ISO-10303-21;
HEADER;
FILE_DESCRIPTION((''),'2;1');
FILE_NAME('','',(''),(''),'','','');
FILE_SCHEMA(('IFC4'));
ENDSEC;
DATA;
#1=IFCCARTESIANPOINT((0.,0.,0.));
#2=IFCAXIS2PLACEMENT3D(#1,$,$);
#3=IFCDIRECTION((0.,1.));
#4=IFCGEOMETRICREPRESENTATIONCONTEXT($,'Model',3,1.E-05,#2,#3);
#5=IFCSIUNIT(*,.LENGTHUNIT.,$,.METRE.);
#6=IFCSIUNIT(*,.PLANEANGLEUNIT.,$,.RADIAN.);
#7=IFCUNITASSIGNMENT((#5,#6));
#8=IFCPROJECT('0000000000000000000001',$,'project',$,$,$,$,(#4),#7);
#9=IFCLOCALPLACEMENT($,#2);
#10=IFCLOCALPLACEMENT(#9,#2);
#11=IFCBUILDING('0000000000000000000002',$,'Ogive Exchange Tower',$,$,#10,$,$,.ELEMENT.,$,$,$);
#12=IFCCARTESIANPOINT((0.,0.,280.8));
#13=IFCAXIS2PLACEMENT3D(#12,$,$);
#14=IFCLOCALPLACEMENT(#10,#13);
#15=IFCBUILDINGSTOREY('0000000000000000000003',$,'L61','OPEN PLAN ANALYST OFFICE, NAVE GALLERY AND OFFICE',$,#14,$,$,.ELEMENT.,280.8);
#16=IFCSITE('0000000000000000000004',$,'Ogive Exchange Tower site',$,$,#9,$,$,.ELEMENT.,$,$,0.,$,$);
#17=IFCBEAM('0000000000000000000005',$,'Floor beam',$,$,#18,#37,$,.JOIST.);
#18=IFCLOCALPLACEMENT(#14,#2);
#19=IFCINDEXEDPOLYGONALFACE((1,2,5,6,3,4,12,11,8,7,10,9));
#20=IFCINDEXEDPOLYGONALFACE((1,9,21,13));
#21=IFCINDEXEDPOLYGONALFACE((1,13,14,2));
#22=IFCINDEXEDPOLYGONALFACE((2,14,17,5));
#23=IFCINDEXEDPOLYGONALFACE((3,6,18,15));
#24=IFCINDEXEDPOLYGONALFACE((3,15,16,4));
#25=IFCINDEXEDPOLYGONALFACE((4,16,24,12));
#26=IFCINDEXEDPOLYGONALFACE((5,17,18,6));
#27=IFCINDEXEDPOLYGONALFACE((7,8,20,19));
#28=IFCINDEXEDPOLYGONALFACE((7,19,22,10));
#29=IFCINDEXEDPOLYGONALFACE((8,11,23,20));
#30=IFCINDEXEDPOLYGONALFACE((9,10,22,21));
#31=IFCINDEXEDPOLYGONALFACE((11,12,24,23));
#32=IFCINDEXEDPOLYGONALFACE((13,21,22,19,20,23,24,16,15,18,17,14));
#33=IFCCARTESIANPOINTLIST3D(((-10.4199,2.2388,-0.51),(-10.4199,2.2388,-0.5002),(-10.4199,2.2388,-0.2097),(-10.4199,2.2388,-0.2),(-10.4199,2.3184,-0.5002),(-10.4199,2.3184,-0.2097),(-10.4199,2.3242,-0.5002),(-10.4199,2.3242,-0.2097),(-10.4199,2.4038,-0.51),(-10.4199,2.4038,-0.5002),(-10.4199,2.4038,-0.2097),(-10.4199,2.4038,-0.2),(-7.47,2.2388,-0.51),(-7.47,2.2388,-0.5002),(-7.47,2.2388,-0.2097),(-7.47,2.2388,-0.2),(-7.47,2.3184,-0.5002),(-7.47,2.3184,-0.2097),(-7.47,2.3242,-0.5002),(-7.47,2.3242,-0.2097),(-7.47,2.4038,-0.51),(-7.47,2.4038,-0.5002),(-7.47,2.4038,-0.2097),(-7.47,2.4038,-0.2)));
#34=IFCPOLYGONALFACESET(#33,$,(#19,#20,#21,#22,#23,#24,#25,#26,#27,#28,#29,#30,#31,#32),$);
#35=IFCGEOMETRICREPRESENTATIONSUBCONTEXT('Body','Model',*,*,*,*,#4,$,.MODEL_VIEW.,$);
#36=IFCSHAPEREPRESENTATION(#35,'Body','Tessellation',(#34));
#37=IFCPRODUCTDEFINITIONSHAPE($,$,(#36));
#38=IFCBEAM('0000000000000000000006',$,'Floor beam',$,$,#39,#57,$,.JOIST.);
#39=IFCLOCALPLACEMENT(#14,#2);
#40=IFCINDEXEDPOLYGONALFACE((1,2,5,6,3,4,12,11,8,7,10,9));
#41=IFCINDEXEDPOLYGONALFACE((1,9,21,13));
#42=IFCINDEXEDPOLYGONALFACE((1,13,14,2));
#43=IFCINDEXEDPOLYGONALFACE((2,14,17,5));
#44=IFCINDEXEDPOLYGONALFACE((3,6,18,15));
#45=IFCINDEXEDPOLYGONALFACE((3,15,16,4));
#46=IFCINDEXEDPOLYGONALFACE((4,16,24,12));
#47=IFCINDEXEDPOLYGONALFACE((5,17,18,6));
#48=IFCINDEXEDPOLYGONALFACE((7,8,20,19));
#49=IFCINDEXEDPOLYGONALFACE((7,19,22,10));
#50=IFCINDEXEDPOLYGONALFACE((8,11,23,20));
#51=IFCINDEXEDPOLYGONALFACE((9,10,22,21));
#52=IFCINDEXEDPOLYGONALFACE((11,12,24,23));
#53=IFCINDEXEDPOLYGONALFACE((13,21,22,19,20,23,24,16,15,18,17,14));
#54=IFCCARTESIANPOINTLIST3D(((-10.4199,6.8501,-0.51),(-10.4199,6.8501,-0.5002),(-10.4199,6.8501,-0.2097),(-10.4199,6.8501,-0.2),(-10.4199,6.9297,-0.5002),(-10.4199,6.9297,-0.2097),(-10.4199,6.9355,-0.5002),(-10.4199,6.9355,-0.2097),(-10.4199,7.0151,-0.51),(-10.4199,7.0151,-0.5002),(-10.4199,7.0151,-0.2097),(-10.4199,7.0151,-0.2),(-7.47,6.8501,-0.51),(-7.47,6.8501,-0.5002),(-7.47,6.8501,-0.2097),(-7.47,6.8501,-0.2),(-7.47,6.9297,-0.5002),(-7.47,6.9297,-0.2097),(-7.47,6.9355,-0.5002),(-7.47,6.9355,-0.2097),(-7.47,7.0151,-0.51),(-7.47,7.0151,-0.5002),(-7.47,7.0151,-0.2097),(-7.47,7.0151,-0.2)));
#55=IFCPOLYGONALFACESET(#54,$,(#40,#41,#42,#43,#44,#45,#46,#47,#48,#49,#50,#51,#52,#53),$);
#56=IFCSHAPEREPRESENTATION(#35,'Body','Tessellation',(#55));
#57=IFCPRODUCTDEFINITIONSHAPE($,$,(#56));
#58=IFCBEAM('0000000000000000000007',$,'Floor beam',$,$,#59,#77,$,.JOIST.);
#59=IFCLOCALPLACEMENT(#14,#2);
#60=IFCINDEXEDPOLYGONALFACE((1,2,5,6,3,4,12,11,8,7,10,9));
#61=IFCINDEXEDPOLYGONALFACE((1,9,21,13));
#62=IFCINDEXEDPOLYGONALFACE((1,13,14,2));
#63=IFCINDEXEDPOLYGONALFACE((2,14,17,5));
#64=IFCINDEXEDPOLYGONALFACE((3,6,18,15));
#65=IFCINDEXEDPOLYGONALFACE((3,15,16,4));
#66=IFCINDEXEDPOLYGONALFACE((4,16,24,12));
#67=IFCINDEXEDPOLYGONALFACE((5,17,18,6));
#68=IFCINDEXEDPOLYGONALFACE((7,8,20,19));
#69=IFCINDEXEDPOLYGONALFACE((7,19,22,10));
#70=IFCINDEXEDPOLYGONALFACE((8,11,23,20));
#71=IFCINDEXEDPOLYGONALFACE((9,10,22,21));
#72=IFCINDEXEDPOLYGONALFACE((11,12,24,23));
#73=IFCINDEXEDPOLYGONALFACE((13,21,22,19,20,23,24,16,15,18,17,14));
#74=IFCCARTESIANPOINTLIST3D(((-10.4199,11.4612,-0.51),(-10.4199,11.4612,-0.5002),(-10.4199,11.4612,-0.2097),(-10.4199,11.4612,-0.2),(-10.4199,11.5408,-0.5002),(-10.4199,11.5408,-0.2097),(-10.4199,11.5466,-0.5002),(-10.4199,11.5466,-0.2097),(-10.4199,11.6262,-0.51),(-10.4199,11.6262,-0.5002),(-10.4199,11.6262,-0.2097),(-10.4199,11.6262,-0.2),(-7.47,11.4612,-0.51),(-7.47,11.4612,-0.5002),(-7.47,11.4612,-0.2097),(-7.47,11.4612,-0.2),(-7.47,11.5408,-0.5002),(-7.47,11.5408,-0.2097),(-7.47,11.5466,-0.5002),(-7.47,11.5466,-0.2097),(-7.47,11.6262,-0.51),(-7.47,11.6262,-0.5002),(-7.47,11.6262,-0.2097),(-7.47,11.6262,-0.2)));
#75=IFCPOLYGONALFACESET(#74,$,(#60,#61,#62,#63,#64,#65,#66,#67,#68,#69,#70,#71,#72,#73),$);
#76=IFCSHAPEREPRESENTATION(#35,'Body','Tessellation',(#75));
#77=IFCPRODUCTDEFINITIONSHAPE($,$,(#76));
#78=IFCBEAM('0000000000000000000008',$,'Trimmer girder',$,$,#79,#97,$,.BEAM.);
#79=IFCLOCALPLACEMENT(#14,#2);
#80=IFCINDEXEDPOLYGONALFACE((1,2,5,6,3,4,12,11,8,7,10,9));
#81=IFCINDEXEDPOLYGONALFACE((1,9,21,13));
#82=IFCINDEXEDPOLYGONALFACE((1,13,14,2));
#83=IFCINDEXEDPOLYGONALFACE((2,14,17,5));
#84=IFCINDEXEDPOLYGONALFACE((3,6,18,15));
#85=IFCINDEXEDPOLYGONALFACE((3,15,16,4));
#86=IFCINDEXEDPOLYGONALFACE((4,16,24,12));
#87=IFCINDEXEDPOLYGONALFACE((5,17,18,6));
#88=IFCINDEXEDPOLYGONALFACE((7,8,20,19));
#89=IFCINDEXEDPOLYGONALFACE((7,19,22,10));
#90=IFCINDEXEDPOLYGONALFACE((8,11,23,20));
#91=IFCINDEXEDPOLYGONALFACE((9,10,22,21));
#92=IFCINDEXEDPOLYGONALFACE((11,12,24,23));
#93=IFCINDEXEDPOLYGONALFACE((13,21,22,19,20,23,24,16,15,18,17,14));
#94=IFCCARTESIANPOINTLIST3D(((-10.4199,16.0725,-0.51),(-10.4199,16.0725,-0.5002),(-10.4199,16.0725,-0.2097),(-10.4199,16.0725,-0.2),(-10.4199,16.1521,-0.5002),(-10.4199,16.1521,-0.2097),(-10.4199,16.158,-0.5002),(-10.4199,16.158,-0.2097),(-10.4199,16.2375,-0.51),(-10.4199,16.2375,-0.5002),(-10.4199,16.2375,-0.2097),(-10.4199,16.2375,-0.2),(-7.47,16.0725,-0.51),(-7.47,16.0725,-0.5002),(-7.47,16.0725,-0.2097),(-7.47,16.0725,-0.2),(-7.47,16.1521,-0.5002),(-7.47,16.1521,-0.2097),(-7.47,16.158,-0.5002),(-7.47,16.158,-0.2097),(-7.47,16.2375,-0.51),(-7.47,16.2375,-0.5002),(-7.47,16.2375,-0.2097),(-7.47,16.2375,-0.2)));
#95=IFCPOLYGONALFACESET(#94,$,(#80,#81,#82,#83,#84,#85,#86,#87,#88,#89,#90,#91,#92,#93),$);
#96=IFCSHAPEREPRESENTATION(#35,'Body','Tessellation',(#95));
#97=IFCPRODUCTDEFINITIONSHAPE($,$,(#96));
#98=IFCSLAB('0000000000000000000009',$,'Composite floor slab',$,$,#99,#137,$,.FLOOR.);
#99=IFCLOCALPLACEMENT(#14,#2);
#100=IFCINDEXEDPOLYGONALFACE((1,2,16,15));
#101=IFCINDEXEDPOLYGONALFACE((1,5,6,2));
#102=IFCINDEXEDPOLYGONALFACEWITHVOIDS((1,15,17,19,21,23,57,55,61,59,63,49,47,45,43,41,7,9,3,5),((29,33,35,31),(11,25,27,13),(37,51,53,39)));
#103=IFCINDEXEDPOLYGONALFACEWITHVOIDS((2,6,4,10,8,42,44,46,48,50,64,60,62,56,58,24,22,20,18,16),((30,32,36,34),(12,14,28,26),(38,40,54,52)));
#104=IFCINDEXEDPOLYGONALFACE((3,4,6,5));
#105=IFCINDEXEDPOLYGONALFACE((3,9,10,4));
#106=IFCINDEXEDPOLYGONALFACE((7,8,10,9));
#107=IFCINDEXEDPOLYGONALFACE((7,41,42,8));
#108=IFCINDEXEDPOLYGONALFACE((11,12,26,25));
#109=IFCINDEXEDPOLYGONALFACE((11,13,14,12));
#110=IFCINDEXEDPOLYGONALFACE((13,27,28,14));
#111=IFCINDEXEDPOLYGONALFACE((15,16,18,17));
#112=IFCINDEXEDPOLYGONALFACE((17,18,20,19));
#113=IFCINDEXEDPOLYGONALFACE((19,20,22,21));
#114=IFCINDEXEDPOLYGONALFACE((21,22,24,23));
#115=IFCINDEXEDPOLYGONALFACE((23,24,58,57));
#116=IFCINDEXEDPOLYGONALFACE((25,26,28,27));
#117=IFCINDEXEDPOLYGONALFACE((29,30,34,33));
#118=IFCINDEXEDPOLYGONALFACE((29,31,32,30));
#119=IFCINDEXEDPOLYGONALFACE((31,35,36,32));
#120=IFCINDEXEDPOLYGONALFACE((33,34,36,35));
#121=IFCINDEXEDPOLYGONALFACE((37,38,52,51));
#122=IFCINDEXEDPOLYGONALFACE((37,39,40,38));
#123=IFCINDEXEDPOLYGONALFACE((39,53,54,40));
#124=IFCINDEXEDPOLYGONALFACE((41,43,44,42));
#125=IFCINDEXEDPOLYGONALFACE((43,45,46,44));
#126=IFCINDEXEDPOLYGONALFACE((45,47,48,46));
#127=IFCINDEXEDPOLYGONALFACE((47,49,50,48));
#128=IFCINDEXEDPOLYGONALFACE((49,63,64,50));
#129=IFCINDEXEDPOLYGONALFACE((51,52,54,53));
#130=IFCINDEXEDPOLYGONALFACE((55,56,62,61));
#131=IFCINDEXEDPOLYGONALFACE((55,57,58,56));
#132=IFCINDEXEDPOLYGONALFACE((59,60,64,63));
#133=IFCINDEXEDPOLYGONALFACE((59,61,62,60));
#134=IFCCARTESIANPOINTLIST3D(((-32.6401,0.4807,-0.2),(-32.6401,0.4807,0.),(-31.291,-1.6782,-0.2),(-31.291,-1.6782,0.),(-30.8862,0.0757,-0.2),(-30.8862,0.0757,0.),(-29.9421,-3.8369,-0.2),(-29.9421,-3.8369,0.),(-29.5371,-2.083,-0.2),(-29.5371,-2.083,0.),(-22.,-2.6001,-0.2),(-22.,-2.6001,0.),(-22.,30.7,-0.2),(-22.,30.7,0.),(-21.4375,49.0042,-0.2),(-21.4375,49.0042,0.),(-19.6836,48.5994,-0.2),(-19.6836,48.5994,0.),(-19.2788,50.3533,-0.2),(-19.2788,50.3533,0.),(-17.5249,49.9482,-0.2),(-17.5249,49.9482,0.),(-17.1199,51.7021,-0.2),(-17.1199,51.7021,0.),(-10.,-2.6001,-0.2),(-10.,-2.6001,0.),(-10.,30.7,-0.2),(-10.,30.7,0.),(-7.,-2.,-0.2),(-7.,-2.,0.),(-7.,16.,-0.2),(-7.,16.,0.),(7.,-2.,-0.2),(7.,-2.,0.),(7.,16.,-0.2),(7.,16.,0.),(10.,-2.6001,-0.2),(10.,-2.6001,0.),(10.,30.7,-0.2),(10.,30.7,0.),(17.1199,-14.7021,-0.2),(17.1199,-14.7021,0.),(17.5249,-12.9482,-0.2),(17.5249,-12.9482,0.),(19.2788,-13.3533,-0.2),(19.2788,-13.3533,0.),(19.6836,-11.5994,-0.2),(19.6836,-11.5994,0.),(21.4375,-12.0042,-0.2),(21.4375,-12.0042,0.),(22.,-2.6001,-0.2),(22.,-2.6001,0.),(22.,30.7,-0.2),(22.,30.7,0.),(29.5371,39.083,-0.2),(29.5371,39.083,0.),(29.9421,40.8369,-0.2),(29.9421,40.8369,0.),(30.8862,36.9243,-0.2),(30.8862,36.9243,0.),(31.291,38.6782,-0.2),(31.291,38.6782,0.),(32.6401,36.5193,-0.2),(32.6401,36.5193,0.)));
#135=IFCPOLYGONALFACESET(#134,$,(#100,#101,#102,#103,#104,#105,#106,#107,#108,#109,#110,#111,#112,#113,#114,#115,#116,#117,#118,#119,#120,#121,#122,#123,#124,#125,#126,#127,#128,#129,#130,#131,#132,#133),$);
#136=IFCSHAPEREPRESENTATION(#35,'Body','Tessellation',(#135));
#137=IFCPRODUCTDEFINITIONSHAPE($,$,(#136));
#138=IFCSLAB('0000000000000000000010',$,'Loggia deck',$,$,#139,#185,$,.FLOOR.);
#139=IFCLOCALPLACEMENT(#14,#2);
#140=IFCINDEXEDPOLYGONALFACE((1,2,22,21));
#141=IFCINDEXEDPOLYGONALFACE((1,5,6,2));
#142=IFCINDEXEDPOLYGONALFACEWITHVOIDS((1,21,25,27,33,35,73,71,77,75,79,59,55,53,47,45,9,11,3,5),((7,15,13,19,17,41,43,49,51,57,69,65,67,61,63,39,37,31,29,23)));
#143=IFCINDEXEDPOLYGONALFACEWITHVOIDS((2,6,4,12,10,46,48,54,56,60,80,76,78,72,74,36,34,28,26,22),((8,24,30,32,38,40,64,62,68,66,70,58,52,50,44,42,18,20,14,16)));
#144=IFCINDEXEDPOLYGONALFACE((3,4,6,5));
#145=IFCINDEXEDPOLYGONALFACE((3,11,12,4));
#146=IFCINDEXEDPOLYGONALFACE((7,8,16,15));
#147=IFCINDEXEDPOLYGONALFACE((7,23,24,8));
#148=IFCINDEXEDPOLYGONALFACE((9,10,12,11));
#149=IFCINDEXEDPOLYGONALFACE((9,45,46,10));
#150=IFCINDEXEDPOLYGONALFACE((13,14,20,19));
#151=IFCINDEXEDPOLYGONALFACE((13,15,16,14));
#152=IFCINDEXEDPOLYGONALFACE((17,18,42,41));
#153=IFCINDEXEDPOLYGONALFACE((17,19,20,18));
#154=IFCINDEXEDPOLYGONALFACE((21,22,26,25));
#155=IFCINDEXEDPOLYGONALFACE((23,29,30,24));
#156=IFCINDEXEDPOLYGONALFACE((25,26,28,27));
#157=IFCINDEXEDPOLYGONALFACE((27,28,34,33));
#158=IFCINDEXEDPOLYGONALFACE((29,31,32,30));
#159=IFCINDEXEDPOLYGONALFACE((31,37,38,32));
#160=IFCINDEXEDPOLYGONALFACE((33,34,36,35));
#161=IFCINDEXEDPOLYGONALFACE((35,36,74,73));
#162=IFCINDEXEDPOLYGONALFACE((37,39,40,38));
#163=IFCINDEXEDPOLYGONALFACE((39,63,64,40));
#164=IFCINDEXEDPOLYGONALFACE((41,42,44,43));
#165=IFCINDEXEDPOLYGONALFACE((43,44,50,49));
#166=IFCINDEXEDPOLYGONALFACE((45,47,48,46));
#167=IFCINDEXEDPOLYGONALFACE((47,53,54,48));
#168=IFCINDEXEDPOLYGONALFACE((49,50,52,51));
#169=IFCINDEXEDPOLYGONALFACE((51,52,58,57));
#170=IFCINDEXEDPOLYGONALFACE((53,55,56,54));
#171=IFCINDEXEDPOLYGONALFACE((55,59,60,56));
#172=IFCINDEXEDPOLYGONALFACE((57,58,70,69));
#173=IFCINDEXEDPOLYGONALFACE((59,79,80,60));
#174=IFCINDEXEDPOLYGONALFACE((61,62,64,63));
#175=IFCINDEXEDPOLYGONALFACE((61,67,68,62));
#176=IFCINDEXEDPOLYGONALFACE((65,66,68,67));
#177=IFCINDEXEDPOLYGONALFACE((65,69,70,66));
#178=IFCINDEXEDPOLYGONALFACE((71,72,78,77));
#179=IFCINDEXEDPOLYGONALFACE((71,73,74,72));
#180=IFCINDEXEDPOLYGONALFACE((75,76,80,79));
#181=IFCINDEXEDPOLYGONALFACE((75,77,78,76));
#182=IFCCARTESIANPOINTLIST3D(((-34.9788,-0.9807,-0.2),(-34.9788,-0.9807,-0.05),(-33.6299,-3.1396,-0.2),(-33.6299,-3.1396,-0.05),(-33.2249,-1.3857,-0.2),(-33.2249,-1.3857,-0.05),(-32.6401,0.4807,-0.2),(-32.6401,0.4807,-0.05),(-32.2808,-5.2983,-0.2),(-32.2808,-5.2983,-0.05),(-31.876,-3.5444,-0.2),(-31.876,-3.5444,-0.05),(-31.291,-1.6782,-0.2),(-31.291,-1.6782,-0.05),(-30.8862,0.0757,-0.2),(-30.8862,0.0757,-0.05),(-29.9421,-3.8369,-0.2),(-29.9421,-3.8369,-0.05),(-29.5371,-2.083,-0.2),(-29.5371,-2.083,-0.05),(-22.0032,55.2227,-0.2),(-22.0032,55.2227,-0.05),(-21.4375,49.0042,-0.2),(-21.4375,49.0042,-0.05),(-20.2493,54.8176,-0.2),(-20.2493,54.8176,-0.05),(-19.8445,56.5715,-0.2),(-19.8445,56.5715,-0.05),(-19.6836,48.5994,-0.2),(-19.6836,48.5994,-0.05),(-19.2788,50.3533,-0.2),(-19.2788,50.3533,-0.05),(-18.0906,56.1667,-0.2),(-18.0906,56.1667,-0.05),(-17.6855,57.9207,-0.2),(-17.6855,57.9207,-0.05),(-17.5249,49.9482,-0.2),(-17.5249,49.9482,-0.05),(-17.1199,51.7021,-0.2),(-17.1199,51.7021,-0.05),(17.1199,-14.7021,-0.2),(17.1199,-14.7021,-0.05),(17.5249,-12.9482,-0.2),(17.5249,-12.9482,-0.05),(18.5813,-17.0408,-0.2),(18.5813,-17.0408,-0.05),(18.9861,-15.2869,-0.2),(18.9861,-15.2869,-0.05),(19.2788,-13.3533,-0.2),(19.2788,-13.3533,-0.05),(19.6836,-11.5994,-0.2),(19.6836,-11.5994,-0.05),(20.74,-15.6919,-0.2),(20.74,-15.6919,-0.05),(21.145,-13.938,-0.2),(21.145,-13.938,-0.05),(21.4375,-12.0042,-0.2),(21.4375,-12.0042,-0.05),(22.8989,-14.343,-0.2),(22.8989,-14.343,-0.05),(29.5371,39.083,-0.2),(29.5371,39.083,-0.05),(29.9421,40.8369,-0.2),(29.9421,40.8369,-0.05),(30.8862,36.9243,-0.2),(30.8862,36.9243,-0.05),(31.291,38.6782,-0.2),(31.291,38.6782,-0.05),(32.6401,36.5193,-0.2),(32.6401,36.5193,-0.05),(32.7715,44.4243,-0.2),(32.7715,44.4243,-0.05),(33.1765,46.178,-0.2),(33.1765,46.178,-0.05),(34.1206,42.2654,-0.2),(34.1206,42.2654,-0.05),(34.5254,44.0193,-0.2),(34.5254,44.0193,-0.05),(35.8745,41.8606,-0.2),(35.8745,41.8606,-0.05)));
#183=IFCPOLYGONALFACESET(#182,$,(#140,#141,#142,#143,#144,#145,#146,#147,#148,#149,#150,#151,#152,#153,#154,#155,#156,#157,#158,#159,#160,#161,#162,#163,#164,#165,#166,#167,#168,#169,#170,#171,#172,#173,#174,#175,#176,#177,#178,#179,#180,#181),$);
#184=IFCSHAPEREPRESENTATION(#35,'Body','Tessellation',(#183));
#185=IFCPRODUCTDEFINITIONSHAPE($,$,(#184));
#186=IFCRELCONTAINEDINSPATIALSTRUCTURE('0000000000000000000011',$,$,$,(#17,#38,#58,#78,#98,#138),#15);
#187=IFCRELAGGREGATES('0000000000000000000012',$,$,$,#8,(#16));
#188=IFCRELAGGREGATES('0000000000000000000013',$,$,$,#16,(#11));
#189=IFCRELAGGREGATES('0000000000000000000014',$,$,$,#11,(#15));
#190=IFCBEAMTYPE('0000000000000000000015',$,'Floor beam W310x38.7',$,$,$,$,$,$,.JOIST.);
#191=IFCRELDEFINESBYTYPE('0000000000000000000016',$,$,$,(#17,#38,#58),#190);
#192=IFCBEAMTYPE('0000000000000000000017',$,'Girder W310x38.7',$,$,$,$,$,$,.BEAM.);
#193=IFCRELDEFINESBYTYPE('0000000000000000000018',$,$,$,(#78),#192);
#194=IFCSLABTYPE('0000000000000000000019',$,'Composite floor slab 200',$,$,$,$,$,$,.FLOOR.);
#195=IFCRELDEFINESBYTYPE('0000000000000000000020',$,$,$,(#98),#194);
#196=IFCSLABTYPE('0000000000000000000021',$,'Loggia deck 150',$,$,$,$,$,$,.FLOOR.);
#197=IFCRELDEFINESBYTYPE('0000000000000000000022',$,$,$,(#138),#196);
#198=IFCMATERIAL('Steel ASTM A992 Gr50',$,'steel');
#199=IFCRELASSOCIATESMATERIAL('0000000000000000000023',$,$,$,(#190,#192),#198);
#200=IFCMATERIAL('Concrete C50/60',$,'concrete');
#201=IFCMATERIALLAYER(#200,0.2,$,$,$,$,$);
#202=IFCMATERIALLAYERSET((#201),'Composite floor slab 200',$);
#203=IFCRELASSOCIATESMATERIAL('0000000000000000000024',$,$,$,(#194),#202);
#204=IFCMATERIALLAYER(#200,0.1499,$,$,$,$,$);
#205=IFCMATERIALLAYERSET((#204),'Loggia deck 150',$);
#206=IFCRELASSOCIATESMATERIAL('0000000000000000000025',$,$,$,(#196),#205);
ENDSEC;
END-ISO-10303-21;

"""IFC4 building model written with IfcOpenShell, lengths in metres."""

from ifc_helpers import new_model, si_unit, direction, frame, origin, origin_2d, place, context, subcontext, project, spatial, polyline, i_section, outline, extrude, material, layer, layer_set, material_profile, profile_set, type_object, element, save


model = new_model("IFC4")

# Units and contexts
model_context = context("Model", 3, precision=1e-05, world=origin(), true_north=direction((0.0, 1.0)))
body_context = subcontext(model_context, "Body", "Model", "MODEL_VIEW")
ifc_project = project(units=[si_unit("LENGTHUNIT", "METRE"), si_unit("PLANEANGLEUNIT", "RADIAN")], contexts=[model_context])

# Site, building, storey
site_placement = place(None, origin())
site = spatial("IfcSite", under=ifc_project, at=site_placement, Name="Ogive Exchange Tower site", CompositionType="ELEMENT", RefElevation=0.0)
building_placement = place(site_placement, origin())
building = spatial("IfcBuilding", under=site, at=building_placement, Name="Ogive Exchange Tower", CompositionType="ELEMENT")
storey_placement = place(building_placement, frame((0.0, 0.0, 280.8)))
storey = spatial("IfcBuildingStorey", under=building, at=storey_placement, Name="L61", Description="OPEN PLAN ANALYST OFFICE, NAVE GALLERY AND OFFICE", CompositionType="ELEMENT", Elevation=280.8)

# Beams
ifc_material_1 = material(Name="Steel ASTM A992 Gr50", Category="steel")
ifc_material_profile_1 = material_profile(ifc_material_1, i_section(OverallWidth=0.165, OverallDepth=0.3101, WebThickness=0.0059, FlangeThickness=0.0098, at=origin_2d()), Name="W310x38.7")
ifc_profile_set_1 = profile_set([ifc_material_profile_1], Name="Steel ASTM A992 Gr50")
beam_type_1 = type_object("IfcBeamType", Name="Floor beam W310x38.7", PredefinedType="JOIST", material=ifc_profile_set_1)
for number, where, z_axis, x_axis, name in (
    (1, (-10.4199, 2.3213, -0.355), (1.0, 0.0, 0.0), (0.0, 1.0, 0.0), "Floor beam"),
    (2, (-10.4199, 6.9326, -0.355), (1.0, 0.0, 0.0), (0.0, 1.0, 0.0), "Floor beam"),
    (3, (-10.4199, 11.5437, -0.355), (1.0, 0.0, 0.0), (0.0, 1.0, 0.0), "Floor beam"),
):
    element("IfcBeam", number, at=place(storey_placement, frame(where, z_axis=z_axis, x_axis=x_axis)), inside=storey, type_object=beam_type_1, Name=name, PredefinedType="JOIST", context=body_context, shape_type="SweptSolid", body=[
        extrude(i_section(OverallWidth=0.165, OverallDepth=0.3101, WebThickness=0.0059, FlangeThickness=0.0098, at=origin_2d()), origin(), (0.0, 0.0, 1.0), 2.95),
    ])
ifc_material_profile_2 = material_profile(ifc_material_1, i_section(OverallWidth=0.165, OverallDepth=0.3101, WebThickness=0.0059, FlangeThickness=0.0098, at=origin_2d()), Name="W310x38.7")
ifc_profile_set_2 = profile_set([ifc_material_profile_2], Name="Steel ASTM A992 Gr50")
beam_type_2 = type_object("IfcBeamType", Name="Girder W310x38.7", PredefinedType="BEAM", material=ifc_profile_set_2)
beam_placement = place(storey_placement, frame((-10.4199, 16.155, -0.355), z_axis=(1.0, 0.0, 0.0), x_axis=(0.0, 1.0, 0.0)))
element("IfcBeam", 4, at=beam_placement, inside=storey, type_object=beam_type_2, Name="Trimmer girder", PredefinedType="BEAM", context=body_context, shape_type="SweptSolid", body=[
    extrude(i_section(OverallWidth=0.165, OverallDepth=0.3101, WebThickness=0.0059, FlangeThickness=0.0098, at=origin_2d()), origin(), (0.0, 0.0, 1.0), 2.95),
])

# Slabs
ifc_material_2 = material(Name="Concrete C50/60", Category="concrete")
ifc_layer_1 = layer(ifc_material_2, 0.2)
ifc_layer_set_1 = layer_set([ifc_layer_1], Name="Composite floor slab 200")
slab_type_1 = type_object("IfcSlabType", Name="Composite floor slab 200", PredefinedType="FLOOR", material=ifc_layer_set_1)
slab_1_placement = place(storey_placement, frame((0.0, 0.0, -0.2)))
element("IfcSlab", 5, at=slab_1_placement, inside=storey, type_object=slab_type_1, Name="Composite floor slab", PredefinedType="FLOOR", context=body_context, shape_type="SweptSolid", body=[
    extrude(outline(polyline([(-29.5371, -2.083), (-31.291, -1.6782), (-30.8862, 0.0757), (-32.6401, 0.4807), (-21.4375, 49.0042), (-19.6836, 48.5994), (-19.2788, 50.3533), (-17.5249, 49.9482), (-17.1199, 51.7021), (29.9421, 40.8369), (29.5371, 39.083), (31.291, 38.6782), (30.8862, 36.9243), (32.6401, 36.5193), (21.4375, -12.0042), (19.6836, -11.5994), (19.2788, -13.3533), (17.5249, -12.9482), (17.1199, -14.7021), (-29.9421, -3.8369), (-29.5371, -2.083)]), holes=[polyline([(7.0, -2.0), (7.0, 16.0), (-7.0, 16.0), (-7.0, -2.0), (7.0, -2.0)]), polyline([(-22.0, -2.6001), (-10.0, -2.6001), (-10.0, 30.7), (-22.0, 30.7), (-22.0, -2.6001)]), polyline([(10.0, -2.6001), (22.0, -2.6001), (22.0, 30.7), (10.0, 30.7), (10.0, -2.6001)])]), origin(), (0.0, 0.0, 1.0), 0.2),
])
ifc_layer_2 = layer(ifc_material_2, 0.1499)
ifc_layer_set_2 = layer_set([ifc_layer_2], Name="Loggia deck 150")
slab_type_2 = type_object("IfcSlabType", Name="Loggia deck 150", PredefinedType="FLOOR", material=ifc_layer_set_2)
slab_2_placement = place(storey_placement, frame((0.0, 0.0, -0.2)))
element("IfcSlab", 6, at=slab_2_placement, inside=storey, type_object=slab_type_2, Name="Loggia deck", PredefinedType="FLOOR", context=body_context, shape_type="SweptSolid", body=[
    extrude(outline(polyline([(-31.876, -3.5444), (-33.6299, -3.1396), (-33.2249, -1.3857), (-34.9788, -0.9807), (-22.0032, 55.2227), (-20.2493, 54.8176), (-19.8445, 56.5715), (-18.0906, 56.1667), (-17.6855, 57.9207), (33.1765, 46.178), (32.7715, 44.4243), (34.5254, 44.0193), (34.1206, 42.2654), (35.8745, 41.8606), (22.8989, -14.343), (21.145, -13.938), (20.74, -15.6919), (18.9861, -15.2869), (18.5813, -17.0408), (-32.2808, -5.2983), (-31.876, -3.5444)]), holes=[polyline([(17.5249, -12.9482), (19.2788, -13.3533), (19.6836, -11.5994), (21.4375, -12.0042), (32.6401, 36.5193), (30.8862, 36.9243), (31.291, 38.6782), (29.5371, 39.083), (29.9421, 40.8369), (-17.1199, 51.7021), (-17.5249, 49.9482), (-19.2788, 50.3533), (-19.6836, 48.5994), (-21.4375, 49.0042), (-32.6401, 0.4807), (-30.8862, 0.0757), (-31.291, -1.6782), (-29.5371, -2.083), (-29.9421, -3.8369), (17.1199, -14.7021), (17.5249, -12.9482)])]), origin(), (0.0, 0.0, 1.0), 0.1499),
])

save(model, "model.ifc")
